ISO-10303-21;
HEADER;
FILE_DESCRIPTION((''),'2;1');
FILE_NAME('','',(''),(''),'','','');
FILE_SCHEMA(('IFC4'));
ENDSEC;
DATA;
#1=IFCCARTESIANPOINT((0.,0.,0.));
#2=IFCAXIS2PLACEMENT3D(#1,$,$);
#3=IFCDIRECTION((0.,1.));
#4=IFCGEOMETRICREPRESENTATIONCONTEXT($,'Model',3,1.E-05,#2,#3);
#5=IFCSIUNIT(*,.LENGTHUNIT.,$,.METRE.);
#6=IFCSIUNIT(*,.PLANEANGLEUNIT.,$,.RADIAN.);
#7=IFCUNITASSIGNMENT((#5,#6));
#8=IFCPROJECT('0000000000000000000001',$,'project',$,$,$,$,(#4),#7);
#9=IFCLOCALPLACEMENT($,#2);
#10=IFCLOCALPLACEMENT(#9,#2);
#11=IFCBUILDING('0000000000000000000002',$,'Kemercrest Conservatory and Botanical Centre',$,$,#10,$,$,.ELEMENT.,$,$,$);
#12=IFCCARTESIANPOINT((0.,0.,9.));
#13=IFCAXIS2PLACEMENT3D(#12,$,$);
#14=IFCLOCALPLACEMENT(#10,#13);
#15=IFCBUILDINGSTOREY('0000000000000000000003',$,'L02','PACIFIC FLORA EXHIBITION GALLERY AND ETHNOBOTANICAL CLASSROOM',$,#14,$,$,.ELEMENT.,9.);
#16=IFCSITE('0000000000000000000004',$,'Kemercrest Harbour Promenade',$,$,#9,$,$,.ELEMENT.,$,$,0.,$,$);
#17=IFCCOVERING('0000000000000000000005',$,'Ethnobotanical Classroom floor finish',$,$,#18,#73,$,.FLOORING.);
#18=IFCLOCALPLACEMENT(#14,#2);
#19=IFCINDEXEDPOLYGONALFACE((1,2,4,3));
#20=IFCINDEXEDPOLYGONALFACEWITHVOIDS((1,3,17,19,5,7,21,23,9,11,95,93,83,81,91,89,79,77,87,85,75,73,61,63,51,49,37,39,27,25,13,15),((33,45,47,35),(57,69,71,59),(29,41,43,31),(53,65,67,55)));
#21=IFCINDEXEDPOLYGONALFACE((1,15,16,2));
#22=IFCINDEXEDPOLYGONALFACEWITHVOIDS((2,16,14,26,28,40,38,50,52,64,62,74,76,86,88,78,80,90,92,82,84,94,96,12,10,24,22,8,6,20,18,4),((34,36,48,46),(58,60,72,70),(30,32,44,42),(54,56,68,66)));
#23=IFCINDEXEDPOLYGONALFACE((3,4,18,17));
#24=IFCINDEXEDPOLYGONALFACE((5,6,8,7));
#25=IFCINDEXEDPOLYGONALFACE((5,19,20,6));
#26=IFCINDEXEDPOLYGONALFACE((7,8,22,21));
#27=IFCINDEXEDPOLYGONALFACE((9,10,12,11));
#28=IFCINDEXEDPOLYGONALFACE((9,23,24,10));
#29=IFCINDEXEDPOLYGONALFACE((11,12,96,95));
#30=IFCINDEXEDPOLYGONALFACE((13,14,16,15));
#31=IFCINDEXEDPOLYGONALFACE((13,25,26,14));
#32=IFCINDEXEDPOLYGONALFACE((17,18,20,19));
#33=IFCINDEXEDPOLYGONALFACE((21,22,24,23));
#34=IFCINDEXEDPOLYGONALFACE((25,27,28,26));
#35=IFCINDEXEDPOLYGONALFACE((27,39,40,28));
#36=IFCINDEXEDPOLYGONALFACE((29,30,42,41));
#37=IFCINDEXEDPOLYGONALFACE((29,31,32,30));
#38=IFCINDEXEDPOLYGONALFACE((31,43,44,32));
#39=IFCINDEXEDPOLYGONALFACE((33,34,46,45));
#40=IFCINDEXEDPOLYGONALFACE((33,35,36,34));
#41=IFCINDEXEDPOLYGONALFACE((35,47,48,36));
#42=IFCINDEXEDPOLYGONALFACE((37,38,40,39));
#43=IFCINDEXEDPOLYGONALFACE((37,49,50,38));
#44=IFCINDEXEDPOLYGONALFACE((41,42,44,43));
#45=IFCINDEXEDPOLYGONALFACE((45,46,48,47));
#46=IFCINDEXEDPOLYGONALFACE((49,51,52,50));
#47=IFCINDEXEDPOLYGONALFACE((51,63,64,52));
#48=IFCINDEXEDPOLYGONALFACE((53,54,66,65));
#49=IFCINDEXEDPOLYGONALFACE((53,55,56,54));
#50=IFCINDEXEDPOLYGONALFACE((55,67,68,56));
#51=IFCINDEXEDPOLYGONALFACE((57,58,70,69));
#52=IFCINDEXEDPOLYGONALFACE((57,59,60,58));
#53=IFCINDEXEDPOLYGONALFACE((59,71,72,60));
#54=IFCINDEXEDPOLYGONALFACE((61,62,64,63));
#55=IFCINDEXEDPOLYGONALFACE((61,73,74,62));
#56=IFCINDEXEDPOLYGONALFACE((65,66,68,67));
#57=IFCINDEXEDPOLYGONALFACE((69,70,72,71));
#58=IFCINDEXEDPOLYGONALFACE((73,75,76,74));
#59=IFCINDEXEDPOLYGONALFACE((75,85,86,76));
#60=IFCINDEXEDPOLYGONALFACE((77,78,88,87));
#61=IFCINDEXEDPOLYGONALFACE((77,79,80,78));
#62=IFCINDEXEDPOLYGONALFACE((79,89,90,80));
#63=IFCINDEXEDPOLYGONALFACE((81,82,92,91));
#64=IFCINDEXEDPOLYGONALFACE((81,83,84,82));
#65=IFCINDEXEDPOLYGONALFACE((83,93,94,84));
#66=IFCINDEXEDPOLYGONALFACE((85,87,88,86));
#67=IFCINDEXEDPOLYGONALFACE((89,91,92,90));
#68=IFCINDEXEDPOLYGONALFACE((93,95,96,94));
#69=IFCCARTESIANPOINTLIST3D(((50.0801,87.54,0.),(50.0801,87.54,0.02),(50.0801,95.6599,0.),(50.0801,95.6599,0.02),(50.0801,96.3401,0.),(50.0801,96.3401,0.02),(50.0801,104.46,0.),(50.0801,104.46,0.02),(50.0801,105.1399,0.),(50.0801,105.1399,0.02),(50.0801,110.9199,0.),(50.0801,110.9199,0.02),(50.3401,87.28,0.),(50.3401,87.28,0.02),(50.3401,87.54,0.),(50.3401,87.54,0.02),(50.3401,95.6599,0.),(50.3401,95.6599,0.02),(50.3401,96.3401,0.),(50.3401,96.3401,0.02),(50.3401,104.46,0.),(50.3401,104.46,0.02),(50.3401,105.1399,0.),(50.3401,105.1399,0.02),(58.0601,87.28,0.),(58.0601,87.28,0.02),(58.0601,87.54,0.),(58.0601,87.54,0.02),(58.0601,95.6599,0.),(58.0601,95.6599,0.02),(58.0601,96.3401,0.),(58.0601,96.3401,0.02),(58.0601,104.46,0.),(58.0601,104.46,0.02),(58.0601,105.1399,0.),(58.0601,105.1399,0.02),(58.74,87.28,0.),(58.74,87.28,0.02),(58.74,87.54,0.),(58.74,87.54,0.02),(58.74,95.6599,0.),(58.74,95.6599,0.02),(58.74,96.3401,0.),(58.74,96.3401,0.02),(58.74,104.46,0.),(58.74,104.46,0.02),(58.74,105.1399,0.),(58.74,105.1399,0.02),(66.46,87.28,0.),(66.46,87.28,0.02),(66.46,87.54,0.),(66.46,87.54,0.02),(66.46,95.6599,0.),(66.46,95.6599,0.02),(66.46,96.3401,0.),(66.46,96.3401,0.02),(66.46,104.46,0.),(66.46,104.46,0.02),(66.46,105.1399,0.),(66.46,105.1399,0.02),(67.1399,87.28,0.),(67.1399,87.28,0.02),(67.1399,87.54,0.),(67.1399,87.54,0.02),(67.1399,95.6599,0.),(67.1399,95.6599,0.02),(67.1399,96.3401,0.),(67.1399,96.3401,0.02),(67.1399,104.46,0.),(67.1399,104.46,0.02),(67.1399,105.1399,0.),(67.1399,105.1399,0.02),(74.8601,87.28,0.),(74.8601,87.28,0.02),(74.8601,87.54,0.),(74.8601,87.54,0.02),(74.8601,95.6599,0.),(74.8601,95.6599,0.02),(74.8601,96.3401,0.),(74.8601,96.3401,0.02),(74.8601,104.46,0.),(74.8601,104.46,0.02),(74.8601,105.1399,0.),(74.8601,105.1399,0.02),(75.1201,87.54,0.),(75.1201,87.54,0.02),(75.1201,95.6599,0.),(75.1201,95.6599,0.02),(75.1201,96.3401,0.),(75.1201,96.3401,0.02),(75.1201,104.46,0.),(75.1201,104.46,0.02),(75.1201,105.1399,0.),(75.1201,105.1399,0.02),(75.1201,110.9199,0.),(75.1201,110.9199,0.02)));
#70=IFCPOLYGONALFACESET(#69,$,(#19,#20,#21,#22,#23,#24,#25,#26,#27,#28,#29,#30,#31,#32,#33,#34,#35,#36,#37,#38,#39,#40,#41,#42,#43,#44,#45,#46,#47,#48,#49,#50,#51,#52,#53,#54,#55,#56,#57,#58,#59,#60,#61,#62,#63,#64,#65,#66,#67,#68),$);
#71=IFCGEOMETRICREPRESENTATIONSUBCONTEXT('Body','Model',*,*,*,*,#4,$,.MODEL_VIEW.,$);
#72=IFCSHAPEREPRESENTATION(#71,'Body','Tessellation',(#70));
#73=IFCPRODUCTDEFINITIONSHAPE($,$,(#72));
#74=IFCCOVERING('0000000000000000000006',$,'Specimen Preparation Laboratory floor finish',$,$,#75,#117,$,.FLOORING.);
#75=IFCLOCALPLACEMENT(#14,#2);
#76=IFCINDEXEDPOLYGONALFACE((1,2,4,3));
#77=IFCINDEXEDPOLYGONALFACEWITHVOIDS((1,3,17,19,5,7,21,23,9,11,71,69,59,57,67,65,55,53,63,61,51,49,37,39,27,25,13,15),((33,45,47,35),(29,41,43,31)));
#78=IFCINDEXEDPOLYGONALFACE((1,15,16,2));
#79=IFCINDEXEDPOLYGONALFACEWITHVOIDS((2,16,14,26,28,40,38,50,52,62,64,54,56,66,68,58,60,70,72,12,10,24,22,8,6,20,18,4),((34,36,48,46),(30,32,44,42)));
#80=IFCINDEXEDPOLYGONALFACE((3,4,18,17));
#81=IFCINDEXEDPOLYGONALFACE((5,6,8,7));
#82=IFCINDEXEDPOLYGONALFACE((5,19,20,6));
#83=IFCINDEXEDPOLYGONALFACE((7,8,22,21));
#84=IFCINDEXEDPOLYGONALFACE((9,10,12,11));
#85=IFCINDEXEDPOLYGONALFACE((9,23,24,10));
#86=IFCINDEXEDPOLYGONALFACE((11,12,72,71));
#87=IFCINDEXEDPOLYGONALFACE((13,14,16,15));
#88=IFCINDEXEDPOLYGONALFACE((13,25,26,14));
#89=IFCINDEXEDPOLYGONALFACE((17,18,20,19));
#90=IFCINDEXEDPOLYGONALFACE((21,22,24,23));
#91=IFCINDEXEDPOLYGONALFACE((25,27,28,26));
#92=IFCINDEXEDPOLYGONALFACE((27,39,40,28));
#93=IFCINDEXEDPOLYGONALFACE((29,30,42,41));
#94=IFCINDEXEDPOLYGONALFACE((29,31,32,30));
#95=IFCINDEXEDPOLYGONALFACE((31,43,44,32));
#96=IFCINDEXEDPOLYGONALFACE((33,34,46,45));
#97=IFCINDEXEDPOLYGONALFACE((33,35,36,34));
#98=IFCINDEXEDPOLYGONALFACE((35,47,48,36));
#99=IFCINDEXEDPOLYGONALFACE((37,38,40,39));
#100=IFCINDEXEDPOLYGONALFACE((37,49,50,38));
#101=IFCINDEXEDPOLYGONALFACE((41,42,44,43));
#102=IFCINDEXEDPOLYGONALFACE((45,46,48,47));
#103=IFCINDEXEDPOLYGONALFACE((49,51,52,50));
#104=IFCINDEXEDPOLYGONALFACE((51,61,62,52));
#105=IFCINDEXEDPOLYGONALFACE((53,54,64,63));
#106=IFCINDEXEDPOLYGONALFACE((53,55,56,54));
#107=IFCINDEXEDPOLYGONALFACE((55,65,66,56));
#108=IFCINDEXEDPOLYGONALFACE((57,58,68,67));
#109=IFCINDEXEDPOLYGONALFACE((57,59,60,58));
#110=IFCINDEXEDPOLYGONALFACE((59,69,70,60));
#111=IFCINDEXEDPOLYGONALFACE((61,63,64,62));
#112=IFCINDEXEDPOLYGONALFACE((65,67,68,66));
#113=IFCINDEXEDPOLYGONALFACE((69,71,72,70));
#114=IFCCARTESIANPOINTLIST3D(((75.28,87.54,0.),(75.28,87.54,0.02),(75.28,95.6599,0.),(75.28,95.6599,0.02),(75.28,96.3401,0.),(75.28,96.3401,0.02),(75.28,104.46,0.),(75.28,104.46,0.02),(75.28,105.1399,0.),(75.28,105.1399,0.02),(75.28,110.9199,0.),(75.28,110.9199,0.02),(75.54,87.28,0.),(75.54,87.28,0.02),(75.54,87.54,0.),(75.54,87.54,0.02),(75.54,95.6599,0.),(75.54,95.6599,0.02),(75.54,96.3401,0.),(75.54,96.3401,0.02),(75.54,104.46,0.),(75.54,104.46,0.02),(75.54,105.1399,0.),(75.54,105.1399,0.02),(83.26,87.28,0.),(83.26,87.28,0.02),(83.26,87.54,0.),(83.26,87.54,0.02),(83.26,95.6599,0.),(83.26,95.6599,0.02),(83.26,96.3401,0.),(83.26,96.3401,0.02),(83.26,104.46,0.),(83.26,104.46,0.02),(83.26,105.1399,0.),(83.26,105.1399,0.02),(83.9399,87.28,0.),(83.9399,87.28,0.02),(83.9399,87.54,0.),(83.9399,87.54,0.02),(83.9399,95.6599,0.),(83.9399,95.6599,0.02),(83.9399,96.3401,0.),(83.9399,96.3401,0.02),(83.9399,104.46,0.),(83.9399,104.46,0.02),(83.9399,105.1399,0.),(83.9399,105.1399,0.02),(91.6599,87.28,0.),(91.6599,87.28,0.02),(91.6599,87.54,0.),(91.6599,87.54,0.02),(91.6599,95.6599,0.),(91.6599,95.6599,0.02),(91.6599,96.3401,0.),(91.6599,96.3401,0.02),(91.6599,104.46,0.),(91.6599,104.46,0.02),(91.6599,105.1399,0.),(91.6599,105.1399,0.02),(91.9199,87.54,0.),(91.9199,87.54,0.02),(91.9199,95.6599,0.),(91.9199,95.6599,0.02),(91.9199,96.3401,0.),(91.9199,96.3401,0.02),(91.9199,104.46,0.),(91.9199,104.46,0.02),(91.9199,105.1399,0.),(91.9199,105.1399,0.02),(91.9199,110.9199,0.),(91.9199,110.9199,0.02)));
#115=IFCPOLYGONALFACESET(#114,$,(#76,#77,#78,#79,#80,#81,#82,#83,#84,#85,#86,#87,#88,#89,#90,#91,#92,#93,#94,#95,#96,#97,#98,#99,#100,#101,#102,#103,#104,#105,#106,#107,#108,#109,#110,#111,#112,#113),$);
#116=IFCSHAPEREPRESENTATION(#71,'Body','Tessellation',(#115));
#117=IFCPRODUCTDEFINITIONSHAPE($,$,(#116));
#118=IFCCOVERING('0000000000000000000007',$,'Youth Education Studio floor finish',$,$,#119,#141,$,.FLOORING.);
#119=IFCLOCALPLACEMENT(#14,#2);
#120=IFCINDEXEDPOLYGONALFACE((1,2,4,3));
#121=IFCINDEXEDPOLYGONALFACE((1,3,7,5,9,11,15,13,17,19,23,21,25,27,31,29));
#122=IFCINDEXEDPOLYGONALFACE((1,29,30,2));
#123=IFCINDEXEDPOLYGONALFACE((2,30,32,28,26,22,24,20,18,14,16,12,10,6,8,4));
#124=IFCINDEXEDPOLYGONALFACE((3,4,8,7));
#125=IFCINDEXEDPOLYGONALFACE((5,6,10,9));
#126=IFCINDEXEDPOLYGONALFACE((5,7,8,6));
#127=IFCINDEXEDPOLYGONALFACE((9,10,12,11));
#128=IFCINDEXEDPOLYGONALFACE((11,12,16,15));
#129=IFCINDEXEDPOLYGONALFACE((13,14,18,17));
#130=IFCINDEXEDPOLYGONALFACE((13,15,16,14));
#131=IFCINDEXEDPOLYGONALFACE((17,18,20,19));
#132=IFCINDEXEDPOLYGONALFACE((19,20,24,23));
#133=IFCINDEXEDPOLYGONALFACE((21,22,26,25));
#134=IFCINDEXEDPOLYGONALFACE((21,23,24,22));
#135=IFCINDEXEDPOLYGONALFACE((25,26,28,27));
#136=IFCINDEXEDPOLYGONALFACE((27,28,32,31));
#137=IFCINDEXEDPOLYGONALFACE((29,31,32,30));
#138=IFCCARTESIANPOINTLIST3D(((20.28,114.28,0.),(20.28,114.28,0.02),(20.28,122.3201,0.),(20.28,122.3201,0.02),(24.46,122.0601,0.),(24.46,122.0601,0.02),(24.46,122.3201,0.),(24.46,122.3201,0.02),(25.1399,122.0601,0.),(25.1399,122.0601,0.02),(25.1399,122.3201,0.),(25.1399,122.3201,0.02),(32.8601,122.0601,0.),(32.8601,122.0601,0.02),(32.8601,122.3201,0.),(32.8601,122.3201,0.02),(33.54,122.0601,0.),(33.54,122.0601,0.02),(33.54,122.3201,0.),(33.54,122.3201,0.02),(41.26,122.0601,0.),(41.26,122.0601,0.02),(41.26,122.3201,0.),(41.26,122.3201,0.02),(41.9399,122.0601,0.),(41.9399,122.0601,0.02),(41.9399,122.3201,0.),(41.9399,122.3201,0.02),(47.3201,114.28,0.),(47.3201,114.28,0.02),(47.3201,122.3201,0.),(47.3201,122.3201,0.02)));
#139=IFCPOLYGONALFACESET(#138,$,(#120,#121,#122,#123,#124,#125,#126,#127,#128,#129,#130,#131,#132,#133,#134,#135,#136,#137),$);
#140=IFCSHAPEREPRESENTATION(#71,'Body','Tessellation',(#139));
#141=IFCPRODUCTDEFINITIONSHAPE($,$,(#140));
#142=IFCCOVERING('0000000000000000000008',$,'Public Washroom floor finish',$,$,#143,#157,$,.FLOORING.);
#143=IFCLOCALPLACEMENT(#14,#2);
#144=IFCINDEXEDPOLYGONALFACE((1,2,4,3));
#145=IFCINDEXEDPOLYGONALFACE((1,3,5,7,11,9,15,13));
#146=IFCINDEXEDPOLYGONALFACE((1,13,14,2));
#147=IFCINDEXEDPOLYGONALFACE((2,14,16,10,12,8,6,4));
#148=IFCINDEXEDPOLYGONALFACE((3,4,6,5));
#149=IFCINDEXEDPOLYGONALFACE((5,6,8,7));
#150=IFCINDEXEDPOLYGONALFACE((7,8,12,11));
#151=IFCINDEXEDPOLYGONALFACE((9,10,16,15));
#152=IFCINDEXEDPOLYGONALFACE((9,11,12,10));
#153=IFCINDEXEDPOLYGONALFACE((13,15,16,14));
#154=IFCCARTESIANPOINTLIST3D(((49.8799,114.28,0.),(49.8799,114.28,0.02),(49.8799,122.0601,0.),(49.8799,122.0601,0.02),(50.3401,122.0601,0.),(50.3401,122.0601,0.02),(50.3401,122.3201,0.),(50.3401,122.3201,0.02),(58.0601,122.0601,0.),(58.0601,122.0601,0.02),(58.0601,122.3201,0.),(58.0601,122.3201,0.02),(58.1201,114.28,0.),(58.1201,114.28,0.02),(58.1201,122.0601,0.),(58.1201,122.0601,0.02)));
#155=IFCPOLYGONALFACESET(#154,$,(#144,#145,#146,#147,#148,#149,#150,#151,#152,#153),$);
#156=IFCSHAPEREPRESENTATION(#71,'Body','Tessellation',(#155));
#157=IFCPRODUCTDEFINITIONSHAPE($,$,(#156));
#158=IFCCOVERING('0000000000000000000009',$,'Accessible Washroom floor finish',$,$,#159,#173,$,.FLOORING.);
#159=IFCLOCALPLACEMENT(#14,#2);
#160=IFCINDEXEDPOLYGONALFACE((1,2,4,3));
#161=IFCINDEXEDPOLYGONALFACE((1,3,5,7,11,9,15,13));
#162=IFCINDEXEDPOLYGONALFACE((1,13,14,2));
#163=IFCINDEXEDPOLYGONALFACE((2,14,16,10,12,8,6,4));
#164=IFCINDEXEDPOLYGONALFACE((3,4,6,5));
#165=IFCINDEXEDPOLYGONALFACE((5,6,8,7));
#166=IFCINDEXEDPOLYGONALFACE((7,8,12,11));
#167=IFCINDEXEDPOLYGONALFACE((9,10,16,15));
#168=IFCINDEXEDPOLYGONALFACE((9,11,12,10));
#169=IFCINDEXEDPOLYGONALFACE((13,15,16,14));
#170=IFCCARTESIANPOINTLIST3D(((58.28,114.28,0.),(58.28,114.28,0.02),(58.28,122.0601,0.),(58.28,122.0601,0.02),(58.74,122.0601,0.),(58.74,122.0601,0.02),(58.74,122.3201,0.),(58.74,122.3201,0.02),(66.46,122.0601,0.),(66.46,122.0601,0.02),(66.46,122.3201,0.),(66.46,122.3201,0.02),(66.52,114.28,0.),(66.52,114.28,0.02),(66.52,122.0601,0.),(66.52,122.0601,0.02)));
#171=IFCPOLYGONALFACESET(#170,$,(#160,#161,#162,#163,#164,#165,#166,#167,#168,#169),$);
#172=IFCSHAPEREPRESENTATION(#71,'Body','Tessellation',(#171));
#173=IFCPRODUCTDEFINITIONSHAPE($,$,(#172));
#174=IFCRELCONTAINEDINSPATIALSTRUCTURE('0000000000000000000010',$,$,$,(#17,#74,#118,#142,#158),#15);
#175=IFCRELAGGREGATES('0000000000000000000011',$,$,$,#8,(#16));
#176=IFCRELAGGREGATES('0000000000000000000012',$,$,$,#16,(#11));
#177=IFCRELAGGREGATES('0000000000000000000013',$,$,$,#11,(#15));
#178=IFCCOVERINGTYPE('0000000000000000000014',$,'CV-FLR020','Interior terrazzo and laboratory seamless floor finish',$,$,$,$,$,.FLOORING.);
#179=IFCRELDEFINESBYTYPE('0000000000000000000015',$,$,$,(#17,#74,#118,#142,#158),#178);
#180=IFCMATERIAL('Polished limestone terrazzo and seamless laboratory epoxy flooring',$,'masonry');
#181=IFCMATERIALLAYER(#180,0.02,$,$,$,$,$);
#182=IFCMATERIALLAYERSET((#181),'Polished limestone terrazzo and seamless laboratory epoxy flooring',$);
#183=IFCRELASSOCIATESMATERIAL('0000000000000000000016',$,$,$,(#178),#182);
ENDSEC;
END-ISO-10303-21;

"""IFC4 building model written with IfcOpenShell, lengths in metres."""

from ifc_helpers import new_model, si_unit, direction, frame, origin, place, context, subcontext, project, spatial, polyline, outline, extrude, material, layer, layer_set, type_object, element, save


model = new_model("IFC4")

# Units and contexts
model_context = context("Model", 3, precision=1e-05, world=origin(), true_north=direction((0.0, 1.0)))
body_context = subcontext(model_context, "Body", "Model", "MODEL_VIEW")
ifc_project = project(units=[si_unit("LENGTHUNIT", "METRE"), si_unit("PLANEANGLEUNIT", "RADIAN")], contexts=[model_context])

# Site, building, storey
site_placement = place(None, origin())
site = spatial("IfcSite", under=ifc_project, at=site_placement, Name="Kemercrest Harbour Promenade", CompositionType="ELEMENT", RefElevation=0.0)
building_placement = place(site_placement, origin())
building = spatial("IfcBuilding", under=site, at=building_placement, Name="Kemercrest Conservatory and Botanical Centre", CompositionType="ELEMENT")
storey_placement = place(building_placement, frame((0.0, 0.0, 9.0)))
storey = spatial("IfcBuildingStorey", under=building, at=storey_placement, Name="L02", Description="PACIFIC FLORA EXHIBITION GALLERY AND ETHNOBOTANICAL CLASSROOM", CompositionType="ELEMENT", Elevation=9.0)

# Coverings
ifc_material_1 = material(Name="Polished limestone terrazzo and seamless laboratory epoxy flooring", Category="masonry")
ifc_layer_1 = layer(ifc_material_1, 0.02)
ifc_layer_set_1 = layer_set([ifc_layer_1], Name="Polished limestone terrazzo and seamless laboratory epoxy flooring")
covering_type_1 = type_object("IfcCoveringType", Name="CV-FLR020", Description="Interior terrazzo and laboratory seamless floor finish", PredefinedType="FLOORING", material=ifc_layer_set_1)
covering_1_placement = place(storey_placement, origin())
element("IfcCovering", 1, at=covering_1_placement, inside=storey, type_object=covering_type_1, Name="Ethnobotanical Classroom floor finish", PredefinedType="FLOORING", context=body_context, shape_type="SweptSolid", body=[
    extrude(outline(polyline([(66.46, 87.54), (67.1399, 87.54), (67.1399, 87.28), (74.8601, 87.28), (74.8601, 87.54), (75.1201, 87.54), (75.1201, 95.6599), (74.8601, 95.6599), (74.8601, 96.3401), (75.1201, 96.3401), (75.1201, 104.46), (74.8601, 104.46), (74.8601, 105.1399), (75.1201, 105.1399), (75.1201, 110.9199), (50.0801, 110.9199), (50.0801, 105.1399), (50.3401, 105.1399), (50.3401, 104.46), (50.0801, 104.46), (50.0801, 96.3401), (50.3401, 96.3401), (50.3401, 95.6599), (50.0801, 95.6599), (50.0801, 87.54), (50.3401, 87.54), (50.3401, 87.28), (58.0601, 87.28), (58.0601, 87.54), (58.74, 87.54), (58.74, 87.28), (66.46, 87.28), (66.46, 87.54)]), holes=[polyline([(67.1399, 95.6599), (66.46, 95.6599), (66.46, 96.3401), (67.1399, 96.3401), (67.1399, 95.6599)]), polyline([(67.1399, 104.46), (66.46, 104.46), (66.46, 105.1399), (67.1399, 105.1399), (67.1399, 104.46)]), polyline([(58.74, 95.6599), (58.0601, 95.6599), (58.0601, 96.3401), (58.74, 96.3401), (58.74, 95.6599)]), polyline([(58.74, 104.46), (58.0601, 104.46), (58.0601, 105.1399), (58.74, 105.1399), (58.74, 104.46)])]), origin(), (0.0, 0.0, 1.0), 0.02),
])
covering_2_placement = place(storey_placement, origin())
element("IfcCovering", 2, at=covering_2_placement, inside=storey, type_object=covering_type_1, Name="Specimen Preparation Laboratory floor finish", PredefinedType="FLOORING", context=body_context, shape_type="SweptSolid", body=[
    extrude(outline(polyline([(83.26, 87.54), (83.9399, 87.54), (83.9399, 87.28), (91.6599, 87.28), (91.6599, 87.54), (91.9199, 87.54), (91.9199, 95.6599), (91.6599, 95.6599), (91.6599, 96.3401), (91.9199, 96.3401), (91.9199, 104.46), (91.6599, 104.46), (91.6599, 105.1399), (91.9199, 105.1399), (91.9199, 110.9199), (75.28, 110.9199), (75.28, 105.1399), (75.54, 105.1399), (75.54, 104.46), (75.28, 104.46), (75.28, 96.3401), (75.54, 96.3401), (75.54, 95.6599), (75.28, 95.6599), (75.28, 87.54), (75.54, 87.54), (75.54, 87.28), (83.26, 87.28), (83.26, 87.54)]), holes=[polyline([(83.9399, 95.6599), (83.26, 95.6599), (83.26, 96.3401), (83.9399, 96.3401), (83.9399, 95.6599)]), polyline([(83.9399, 104.46), (83.26, 104.46), (83.26, 105.1399), (83.9399, 105.1399), (83.9399, 104.46)])]), origin(), (0.0, 0.0, 1.0), 0.02),
])
covering_3_placement = place(storey_placement, origin())
element("IfcCovering", 3, at=covering_3_placement, inside=storey, type_object=covering_type_1, Name="Youth Education Studio floor finish", PredefinedType="FLOORING", context=body_context, shape_type="SweptSolid", body=[
    extrude(outline(polyline([(20.28, 114.28), (47.3201, 114.28), (47.3201, 122.3201), (41.9399, 122.3201), (41.9399, 122.0601), (41.26, 122.0601), (41.26, 122.3201), (33.54, 122.3201), (33.54, 122.0601), (32.8601, 122.0601), (32.8601, 122.3201), (25.1399, 122.3201), (25.1399, 122.0601), (24.46, 122.0601), (24.46, 122.3201), (20.28, 122.3201), (20.28, 114.28)])), origin(), (0.0, 0.0, 1.0), 0.02),
])
covering_4_placement = place(storey_placement, origin())
element("IfcCovering", 4, at=covering_4_placement, inside=storey, type_object=covering_type_1, Name="Public Washroom floor finish", PredefinedType="FLOORING", context=body_context, shape_type="SweptSolid", body=[
    extrude(outline(polyline([(49.8799, 114.28), (58.1201, 114.28), (58.1201, 122.0601), (58.0601, 122.0601), (58.0601, 122.3201), (50.3401, 122.3201), (50.3401, 122.0601), (49.8799, 122.0601), (49.8799, 114.28)])), origin(), (0.0, 0.0, 1.0), 0.02),
])
covering_5_placement = place(storey_placement, origin())
element("IfcCovering", 5, at=covering_5_placement, inside=storey, type_object=covering_type_1, Name="Accessible Washroom floor finish", PredefinedType="FLOORING", context=body_context, shape_type="SweptSolid", body=[
    extrude(outline(polyline([(58.28, 114.28), (66.52, 114.28), (66.52, 122.0601), (66.46, 122.0601), (66.46, 122.3201), (58.74, 122.3201), (58.74, 122.0601), (58.28, 122.0601), (58.28, 114.28)])), origin(), (0.0, 0.0, 1.0), 0.02),
])

save(model, "model.ifc")
